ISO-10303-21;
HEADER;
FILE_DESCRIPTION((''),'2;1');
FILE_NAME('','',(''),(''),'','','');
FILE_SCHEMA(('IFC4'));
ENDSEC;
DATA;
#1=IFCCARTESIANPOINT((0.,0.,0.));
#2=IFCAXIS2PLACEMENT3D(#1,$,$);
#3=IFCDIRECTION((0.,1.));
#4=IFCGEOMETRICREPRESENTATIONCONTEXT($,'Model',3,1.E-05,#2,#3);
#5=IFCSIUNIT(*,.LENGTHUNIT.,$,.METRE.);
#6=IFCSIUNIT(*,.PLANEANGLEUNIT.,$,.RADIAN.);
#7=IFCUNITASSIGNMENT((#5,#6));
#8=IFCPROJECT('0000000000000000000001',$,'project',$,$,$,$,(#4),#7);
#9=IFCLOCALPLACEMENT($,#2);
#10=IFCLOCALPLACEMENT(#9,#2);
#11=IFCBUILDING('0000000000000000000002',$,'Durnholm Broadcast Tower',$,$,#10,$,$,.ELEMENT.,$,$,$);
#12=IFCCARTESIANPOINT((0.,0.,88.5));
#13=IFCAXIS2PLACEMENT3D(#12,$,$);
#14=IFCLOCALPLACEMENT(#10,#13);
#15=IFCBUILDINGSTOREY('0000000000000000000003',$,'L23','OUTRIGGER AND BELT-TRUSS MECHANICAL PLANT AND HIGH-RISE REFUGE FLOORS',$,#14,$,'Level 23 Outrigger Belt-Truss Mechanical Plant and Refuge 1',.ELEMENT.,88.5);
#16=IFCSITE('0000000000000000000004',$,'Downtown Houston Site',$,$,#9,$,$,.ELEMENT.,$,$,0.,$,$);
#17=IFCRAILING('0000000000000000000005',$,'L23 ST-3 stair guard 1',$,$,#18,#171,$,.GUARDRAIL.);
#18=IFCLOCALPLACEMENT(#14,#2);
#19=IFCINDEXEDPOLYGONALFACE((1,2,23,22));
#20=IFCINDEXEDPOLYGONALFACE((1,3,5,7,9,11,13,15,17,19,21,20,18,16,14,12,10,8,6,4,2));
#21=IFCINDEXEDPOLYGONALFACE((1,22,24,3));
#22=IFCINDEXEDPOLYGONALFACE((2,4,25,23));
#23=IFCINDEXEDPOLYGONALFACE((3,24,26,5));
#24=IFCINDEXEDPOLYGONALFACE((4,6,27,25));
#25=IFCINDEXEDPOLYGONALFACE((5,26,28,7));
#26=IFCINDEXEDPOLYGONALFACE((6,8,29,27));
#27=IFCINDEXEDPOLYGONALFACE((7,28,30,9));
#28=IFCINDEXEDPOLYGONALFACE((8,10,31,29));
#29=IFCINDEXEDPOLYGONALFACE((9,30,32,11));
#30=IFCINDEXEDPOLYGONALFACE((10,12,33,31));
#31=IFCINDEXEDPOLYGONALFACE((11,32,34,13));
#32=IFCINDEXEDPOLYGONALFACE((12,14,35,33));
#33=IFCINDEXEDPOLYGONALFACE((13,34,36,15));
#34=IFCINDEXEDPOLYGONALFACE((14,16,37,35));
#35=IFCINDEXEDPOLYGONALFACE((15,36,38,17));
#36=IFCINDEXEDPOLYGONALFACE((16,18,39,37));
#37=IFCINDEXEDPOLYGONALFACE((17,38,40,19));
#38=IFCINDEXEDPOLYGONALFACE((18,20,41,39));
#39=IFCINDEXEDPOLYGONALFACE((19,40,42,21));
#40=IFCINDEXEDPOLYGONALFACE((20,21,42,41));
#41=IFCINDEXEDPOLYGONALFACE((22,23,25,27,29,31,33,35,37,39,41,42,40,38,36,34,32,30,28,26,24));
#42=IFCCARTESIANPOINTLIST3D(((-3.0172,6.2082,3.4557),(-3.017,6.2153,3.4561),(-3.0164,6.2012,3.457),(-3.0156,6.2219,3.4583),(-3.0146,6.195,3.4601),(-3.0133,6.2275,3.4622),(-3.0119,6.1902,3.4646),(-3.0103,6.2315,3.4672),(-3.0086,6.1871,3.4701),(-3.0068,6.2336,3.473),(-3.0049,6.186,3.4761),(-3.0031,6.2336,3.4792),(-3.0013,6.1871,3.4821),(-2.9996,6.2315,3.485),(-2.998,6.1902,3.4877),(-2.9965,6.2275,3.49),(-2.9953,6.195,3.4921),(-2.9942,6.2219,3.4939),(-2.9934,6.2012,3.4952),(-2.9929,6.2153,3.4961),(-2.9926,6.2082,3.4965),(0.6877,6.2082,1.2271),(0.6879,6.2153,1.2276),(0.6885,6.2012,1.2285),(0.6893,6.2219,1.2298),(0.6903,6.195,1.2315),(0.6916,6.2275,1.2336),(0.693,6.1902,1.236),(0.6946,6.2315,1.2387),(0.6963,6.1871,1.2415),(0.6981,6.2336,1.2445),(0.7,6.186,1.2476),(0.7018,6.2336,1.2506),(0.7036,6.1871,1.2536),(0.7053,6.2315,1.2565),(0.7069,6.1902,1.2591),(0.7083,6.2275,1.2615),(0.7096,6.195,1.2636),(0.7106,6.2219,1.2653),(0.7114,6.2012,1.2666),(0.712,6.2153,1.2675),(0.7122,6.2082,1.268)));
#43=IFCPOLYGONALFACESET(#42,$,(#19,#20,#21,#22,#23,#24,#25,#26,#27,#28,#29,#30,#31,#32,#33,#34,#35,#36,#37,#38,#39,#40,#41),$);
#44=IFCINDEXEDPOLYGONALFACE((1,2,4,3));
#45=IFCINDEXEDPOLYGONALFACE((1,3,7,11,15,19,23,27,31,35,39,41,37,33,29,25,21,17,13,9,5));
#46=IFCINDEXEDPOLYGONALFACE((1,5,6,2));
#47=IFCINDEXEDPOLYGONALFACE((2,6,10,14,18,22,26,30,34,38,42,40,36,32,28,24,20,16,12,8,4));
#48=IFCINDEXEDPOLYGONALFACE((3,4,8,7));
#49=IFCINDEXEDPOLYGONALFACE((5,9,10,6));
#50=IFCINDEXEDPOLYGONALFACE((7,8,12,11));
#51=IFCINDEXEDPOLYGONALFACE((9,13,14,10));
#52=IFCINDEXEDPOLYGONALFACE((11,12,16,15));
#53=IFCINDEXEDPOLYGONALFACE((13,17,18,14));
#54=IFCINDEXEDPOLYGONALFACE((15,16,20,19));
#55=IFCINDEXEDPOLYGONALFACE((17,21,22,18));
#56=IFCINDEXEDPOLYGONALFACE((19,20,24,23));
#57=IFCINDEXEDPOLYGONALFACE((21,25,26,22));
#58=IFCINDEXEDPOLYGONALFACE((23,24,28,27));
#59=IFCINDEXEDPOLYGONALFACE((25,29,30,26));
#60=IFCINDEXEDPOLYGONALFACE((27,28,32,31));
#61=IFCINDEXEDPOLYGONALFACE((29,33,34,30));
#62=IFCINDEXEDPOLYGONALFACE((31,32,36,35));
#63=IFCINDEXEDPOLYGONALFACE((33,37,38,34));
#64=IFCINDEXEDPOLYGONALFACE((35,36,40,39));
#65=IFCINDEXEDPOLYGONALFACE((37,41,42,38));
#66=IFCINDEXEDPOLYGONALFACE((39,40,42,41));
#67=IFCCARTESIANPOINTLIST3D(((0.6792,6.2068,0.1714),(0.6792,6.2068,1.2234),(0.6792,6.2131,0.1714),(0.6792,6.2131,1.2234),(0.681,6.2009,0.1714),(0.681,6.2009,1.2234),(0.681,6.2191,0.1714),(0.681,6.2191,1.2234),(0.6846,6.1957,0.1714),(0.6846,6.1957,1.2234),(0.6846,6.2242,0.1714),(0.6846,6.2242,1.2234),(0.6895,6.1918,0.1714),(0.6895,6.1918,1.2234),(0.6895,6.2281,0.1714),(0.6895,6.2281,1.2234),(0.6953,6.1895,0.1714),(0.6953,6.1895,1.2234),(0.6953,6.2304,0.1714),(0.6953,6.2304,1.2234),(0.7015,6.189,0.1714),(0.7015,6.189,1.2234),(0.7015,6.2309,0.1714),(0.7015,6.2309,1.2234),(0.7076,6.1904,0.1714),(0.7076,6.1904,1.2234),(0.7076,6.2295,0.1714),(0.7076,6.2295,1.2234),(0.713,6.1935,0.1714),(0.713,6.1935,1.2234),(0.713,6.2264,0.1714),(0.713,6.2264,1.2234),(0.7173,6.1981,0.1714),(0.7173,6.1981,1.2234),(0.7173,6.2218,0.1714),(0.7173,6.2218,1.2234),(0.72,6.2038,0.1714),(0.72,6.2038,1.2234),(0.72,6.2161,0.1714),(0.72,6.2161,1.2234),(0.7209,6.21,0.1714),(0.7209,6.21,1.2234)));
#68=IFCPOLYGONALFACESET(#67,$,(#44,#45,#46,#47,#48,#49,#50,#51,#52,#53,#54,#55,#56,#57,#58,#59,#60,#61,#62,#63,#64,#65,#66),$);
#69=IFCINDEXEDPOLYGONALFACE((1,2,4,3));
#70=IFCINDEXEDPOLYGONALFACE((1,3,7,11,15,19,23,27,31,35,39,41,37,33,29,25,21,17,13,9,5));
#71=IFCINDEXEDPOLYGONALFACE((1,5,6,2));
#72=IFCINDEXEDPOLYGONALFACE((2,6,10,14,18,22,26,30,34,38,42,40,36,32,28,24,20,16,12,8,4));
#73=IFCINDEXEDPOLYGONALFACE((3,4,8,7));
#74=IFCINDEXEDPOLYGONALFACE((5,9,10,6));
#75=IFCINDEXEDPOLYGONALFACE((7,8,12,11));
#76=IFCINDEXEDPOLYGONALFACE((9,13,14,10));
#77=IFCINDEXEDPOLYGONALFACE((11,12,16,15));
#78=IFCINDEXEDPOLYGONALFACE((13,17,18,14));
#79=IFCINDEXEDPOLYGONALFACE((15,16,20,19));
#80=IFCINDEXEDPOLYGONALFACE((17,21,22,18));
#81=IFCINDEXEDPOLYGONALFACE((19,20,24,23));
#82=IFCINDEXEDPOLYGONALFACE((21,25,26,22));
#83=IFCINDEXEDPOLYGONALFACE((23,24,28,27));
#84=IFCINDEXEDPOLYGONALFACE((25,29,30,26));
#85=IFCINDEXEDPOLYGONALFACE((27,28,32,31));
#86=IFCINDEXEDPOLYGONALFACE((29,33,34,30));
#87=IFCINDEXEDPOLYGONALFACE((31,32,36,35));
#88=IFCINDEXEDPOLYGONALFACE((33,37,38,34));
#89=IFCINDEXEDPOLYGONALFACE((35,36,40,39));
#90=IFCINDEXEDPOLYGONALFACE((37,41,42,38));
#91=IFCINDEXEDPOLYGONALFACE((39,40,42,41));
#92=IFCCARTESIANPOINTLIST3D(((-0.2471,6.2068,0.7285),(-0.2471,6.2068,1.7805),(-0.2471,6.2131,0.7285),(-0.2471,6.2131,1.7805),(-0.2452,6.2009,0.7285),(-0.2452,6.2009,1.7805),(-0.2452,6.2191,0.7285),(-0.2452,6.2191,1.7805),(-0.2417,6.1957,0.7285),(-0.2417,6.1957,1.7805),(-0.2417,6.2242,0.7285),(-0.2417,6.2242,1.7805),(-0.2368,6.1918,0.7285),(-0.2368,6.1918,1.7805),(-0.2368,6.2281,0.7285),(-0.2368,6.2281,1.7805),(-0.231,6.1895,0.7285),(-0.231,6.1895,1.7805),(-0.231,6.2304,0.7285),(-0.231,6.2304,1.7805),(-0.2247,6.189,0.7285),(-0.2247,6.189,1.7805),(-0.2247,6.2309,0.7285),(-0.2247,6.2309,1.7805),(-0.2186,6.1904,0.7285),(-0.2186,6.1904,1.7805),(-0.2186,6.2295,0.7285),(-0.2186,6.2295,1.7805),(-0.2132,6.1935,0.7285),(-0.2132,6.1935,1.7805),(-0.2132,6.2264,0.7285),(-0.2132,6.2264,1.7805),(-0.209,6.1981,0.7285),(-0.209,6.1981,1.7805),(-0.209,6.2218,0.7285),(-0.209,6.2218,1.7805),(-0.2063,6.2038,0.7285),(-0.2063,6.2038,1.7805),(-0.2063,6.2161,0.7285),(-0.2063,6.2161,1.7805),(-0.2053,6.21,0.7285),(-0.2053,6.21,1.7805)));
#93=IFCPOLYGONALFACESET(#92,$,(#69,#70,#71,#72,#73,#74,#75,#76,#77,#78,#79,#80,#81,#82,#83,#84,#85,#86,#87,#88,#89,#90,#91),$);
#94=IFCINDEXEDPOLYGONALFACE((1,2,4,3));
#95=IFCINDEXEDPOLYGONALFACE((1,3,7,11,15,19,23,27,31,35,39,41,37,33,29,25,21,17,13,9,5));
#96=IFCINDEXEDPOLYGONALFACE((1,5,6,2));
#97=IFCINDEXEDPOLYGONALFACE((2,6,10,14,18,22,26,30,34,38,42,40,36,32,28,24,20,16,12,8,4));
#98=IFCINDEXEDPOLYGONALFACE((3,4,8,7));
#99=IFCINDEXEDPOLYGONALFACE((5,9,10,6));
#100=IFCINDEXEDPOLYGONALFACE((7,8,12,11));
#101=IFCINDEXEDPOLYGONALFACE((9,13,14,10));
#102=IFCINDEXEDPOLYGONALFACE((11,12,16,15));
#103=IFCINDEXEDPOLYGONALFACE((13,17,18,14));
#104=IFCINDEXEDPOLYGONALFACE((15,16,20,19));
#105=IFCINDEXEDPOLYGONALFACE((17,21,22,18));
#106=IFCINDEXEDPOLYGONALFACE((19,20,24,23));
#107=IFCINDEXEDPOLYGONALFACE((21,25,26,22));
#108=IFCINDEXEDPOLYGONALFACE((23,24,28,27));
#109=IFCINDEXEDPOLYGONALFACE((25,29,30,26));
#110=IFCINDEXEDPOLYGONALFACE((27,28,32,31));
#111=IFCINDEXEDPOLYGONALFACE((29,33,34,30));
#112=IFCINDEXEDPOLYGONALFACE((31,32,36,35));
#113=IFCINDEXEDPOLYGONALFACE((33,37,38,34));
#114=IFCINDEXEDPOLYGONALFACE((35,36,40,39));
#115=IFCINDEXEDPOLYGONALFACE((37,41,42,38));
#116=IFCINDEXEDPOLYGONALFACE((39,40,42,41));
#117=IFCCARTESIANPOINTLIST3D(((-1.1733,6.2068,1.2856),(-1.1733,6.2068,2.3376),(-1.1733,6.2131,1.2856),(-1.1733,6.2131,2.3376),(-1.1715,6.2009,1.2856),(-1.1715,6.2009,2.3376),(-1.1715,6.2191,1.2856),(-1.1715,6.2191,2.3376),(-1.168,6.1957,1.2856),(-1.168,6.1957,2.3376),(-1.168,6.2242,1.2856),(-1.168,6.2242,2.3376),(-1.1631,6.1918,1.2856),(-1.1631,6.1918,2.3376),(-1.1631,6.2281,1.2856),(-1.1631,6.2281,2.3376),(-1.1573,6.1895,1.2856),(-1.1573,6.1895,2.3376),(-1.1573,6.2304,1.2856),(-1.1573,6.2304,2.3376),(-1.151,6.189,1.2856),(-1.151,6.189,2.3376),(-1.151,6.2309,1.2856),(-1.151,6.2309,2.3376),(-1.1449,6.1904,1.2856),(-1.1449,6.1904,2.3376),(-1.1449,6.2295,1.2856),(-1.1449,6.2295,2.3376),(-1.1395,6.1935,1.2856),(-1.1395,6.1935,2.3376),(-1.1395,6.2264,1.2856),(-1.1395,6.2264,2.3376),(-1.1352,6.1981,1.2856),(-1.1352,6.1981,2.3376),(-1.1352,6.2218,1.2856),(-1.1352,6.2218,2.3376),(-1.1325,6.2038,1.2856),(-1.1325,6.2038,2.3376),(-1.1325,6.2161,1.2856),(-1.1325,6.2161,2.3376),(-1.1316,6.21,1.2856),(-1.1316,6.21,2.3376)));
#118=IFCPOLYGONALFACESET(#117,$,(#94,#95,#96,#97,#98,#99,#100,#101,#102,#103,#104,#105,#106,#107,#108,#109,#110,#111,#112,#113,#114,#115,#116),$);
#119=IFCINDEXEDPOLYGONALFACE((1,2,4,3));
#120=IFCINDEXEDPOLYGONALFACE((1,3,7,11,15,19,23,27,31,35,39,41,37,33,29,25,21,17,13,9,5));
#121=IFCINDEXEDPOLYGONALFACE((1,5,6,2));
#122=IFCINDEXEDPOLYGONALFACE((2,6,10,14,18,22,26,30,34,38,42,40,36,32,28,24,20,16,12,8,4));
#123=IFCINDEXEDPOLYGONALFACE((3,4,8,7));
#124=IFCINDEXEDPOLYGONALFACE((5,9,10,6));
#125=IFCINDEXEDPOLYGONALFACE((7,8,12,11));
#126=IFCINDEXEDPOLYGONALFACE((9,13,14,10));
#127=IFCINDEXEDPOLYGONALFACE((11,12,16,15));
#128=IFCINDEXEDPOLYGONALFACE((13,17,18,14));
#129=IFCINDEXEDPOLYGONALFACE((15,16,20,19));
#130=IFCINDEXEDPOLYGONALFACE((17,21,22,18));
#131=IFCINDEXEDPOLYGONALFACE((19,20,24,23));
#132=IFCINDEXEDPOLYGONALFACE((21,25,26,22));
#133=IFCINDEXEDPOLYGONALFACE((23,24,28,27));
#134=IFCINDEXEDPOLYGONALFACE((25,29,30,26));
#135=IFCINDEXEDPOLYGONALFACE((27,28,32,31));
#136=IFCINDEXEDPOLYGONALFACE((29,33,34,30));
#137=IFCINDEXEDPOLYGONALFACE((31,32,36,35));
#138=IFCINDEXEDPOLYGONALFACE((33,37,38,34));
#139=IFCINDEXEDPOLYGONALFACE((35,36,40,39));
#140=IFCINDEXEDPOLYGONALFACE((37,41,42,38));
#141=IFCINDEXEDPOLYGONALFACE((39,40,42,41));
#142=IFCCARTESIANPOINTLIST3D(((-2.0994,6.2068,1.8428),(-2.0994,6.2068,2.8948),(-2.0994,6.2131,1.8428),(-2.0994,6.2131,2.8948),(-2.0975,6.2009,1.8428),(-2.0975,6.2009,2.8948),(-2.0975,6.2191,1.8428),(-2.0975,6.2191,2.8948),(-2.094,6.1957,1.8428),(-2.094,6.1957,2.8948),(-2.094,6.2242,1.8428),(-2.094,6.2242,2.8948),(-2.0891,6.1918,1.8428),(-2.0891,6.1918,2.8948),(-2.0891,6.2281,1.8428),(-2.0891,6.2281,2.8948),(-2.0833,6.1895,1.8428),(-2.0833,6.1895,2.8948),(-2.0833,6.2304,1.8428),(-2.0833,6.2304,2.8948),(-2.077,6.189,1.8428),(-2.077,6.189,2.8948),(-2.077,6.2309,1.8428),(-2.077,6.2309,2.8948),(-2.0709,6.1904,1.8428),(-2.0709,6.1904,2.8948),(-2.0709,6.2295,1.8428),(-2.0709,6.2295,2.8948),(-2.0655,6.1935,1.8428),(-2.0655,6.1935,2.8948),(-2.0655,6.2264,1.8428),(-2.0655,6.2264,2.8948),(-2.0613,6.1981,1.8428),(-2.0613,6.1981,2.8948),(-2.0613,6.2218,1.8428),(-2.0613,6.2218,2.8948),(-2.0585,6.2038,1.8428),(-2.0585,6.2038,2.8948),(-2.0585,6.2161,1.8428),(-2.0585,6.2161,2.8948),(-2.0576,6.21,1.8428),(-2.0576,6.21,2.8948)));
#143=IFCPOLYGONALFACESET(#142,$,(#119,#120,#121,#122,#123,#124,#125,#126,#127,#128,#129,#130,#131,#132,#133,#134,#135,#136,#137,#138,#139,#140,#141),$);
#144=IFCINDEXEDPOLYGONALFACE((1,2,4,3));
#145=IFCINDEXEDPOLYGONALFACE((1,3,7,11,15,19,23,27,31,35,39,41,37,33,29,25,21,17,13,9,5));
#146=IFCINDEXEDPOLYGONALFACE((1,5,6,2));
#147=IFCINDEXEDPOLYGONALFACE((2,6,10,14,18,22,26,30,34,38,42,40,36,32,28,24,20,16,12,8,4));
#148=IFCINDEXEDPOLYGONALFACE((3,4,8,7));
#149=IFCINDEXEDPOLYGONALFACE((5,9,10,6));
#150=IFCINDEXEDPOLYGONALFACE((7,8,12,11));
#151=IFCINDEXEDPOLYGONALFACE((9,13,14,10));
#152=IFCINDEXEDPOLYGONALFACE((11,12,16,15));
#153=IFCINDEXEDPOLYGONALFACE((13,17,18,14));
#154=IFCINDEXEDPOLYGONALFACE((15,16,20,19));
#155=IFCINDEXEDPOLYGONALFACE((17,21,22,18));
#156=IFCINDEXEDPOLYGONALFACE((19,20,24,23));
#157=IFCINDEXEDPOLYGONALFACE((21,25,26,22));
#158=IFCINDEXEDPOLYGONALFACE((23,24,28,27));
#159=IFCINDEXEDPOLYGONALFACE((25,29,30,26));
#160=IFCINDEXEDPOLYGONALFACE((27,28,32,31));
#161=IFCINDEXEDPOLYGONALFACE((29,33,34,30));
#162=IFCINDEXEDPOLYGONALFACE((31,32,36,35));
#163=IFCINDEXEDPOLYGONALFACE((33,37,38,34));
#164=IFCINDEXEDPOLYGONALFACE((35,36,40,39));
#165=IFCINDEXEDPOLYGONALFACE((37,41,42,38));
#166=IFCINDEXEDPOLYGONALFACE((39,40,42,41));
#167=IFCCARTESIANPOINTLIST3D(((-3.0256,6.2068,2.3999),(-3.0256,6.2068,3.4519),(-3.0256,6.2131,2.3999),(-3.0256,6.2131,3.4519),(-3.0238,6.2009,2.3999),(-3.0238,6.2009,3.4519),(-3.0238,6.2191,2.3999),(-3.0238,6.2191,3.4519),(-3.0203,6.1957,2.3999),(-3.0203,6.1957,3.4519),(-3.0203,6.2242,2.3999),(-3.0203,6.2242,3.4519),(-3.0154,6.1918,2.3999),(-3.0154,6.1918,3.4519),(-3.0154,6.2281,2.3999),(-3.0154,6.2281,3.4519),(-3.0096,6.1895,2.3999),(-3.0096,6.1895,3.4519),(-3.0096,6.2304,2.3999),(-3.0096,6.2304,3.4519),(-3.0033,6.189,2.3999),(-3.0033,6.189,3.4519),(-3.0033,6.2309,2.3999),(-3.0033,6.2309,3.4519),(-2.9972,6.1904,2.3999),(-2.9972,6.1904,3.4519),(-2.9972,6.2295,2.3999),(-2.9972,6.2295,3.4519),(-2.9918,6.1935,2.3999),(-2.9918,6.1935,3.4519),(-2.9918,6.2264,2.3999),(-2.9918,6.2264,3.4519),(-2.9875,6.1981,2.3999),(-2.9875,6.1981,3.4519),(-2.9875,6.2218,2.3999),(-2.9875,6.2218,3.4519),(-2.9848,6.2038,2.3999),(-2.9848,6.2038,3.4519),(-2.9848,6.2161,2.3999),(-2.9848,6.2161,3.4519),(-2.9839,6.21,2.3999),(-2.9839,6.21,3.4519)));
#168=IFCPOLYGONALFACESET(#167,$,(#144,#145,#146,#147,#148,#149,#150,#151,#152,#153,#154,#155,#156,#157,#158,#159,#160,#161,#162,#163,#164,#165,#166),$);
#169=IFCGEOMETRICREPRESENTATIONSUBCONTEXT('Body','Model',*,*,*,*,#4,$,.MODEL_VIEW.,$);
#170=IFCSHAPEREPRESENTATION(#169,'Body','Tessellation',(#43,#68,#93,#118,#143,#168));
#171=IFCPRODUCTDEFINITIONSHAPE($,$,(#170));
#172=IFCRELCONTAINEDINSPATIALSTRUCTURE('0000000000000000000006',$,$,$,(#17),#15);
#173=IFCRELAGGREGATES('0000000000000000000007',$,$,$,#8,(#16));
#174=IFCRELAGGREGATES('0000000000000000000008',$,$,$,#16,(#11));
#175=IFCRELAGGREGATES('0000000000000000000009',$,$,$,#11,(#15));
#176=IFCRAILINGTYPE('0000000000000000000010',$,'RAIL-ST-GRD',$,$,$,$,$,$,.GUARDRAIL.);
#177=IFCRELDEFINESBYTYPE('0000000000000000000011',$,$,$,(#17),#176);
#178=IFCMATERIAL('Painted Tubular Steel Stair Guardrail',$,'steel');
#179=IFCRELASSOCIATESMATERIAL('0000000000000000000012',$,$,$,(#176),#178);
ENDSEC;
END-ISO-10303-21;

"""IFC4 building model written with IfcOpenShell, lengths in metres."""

from ifc_helpers import new_model, si_unit, direction, frame, origin, origin_2d, place, context, subcontext, project, spatial, circle, extrude, material, type_object, element, save


model = new_model("IFC4")

# Units and contexts
model_context = context("Model", 3, precision=1e-05, world=origin(), true_north=direction((0.0, 1.0)))
body_context = subcontext(model_context, "Body", "Model", "MODEL_VIEW")
ifc_project = project(units=[si_unit("LENGTHUNIT", "METRE"), si_unit("PLANEANGLEUNIT", "RADIAN")], contexts=[model_context])

# Site, building, storey
site_placement = place(None, origin())
site = spatial("IfcSite", under=ifc_project, at=site_placement, Name="Downtown Houston Site", CompositionType="ELEMENT", RefElevation=0.0)
building_placement = place(site_placement, origin())
building = spatial("IfcBuilding", under=site, at=building_placement, Name="Durnholm Broadcast Tower", CompositionType="ELEMENT")
storey_placement = place(building_placement, frame((0.0, 0.0, 88.5)))
storey = spatial("IfcBuildingStorey", under=building, at=storey_placement, Name="L23", Description="OUTRIGGER AND BELT-TRUSS MECHANICAL PLANT AND HIGH-RISE REFUGE FLOORS", LongName="Level 23 Outrigger Belt-Truss Mechanical Plant and Refuge 1", CompositionType="ELEMENT", Elevation=88.5)

# Railing
ifc_material_1 = material(Name="Painted Tubular Steel Stair Guardrail", Category="steel")
railing_type_1 = type_object("IfcRailingType", Name="RAIL-ST-GRD", PredefinedType="GUARDRAIL", material=ifc_material_1)
railing_1_placement = place(storey_placement, frame((0.7, 6.21, 0.1714)))
element("IfcRailing", 1, at=railing_1_placement, inside=storey, type_object=railing_type_1, Name="L23 ST-3 stair guard 1", PredefinedType="GUARDRAIL", context=body_context, shape_type="SweptSolid", body=[
    extrude(circle(Radius=0.0239, at=origin_2d()), frame((0.0, 0.0, 1.0762), z_axis=(-0.856919, 0.0, 0.51545), x_axis=(0.0, -1.0, 0.0)), (0.0, 0.0, 1.0), 4.3235),
    extrude(circle(Radius=0.021, at=origin_2d()), origin(), (0.0, 0.0, 1.0), 1.052),
    extrude(circle(Radius=0.021, at=origin_2d()), frame((-0.9263, 0.0, 0.5571)), (0.0, 0.0, 1.0), 1.052),
    extrude(circle(Radius=0.021, at=origin_2d()), frame((-1.8525, 0.0, 1.1143)), (0.0, 0.0, 1.0), 1.052),
    extrude(circle(Radius=0.021, at=origin_2d()), frame((-2.7786, 0.0, 1.6714)), (0.0, 0.0, 1.0), 1.052),
    extrude(circle(Radius=0.021, at=origin_2d()), frame((-3.7048, 0.0, 2.2285)), (0.0, 0.0, 1.0), 1.052),
])

save(model, "model.ifc")
